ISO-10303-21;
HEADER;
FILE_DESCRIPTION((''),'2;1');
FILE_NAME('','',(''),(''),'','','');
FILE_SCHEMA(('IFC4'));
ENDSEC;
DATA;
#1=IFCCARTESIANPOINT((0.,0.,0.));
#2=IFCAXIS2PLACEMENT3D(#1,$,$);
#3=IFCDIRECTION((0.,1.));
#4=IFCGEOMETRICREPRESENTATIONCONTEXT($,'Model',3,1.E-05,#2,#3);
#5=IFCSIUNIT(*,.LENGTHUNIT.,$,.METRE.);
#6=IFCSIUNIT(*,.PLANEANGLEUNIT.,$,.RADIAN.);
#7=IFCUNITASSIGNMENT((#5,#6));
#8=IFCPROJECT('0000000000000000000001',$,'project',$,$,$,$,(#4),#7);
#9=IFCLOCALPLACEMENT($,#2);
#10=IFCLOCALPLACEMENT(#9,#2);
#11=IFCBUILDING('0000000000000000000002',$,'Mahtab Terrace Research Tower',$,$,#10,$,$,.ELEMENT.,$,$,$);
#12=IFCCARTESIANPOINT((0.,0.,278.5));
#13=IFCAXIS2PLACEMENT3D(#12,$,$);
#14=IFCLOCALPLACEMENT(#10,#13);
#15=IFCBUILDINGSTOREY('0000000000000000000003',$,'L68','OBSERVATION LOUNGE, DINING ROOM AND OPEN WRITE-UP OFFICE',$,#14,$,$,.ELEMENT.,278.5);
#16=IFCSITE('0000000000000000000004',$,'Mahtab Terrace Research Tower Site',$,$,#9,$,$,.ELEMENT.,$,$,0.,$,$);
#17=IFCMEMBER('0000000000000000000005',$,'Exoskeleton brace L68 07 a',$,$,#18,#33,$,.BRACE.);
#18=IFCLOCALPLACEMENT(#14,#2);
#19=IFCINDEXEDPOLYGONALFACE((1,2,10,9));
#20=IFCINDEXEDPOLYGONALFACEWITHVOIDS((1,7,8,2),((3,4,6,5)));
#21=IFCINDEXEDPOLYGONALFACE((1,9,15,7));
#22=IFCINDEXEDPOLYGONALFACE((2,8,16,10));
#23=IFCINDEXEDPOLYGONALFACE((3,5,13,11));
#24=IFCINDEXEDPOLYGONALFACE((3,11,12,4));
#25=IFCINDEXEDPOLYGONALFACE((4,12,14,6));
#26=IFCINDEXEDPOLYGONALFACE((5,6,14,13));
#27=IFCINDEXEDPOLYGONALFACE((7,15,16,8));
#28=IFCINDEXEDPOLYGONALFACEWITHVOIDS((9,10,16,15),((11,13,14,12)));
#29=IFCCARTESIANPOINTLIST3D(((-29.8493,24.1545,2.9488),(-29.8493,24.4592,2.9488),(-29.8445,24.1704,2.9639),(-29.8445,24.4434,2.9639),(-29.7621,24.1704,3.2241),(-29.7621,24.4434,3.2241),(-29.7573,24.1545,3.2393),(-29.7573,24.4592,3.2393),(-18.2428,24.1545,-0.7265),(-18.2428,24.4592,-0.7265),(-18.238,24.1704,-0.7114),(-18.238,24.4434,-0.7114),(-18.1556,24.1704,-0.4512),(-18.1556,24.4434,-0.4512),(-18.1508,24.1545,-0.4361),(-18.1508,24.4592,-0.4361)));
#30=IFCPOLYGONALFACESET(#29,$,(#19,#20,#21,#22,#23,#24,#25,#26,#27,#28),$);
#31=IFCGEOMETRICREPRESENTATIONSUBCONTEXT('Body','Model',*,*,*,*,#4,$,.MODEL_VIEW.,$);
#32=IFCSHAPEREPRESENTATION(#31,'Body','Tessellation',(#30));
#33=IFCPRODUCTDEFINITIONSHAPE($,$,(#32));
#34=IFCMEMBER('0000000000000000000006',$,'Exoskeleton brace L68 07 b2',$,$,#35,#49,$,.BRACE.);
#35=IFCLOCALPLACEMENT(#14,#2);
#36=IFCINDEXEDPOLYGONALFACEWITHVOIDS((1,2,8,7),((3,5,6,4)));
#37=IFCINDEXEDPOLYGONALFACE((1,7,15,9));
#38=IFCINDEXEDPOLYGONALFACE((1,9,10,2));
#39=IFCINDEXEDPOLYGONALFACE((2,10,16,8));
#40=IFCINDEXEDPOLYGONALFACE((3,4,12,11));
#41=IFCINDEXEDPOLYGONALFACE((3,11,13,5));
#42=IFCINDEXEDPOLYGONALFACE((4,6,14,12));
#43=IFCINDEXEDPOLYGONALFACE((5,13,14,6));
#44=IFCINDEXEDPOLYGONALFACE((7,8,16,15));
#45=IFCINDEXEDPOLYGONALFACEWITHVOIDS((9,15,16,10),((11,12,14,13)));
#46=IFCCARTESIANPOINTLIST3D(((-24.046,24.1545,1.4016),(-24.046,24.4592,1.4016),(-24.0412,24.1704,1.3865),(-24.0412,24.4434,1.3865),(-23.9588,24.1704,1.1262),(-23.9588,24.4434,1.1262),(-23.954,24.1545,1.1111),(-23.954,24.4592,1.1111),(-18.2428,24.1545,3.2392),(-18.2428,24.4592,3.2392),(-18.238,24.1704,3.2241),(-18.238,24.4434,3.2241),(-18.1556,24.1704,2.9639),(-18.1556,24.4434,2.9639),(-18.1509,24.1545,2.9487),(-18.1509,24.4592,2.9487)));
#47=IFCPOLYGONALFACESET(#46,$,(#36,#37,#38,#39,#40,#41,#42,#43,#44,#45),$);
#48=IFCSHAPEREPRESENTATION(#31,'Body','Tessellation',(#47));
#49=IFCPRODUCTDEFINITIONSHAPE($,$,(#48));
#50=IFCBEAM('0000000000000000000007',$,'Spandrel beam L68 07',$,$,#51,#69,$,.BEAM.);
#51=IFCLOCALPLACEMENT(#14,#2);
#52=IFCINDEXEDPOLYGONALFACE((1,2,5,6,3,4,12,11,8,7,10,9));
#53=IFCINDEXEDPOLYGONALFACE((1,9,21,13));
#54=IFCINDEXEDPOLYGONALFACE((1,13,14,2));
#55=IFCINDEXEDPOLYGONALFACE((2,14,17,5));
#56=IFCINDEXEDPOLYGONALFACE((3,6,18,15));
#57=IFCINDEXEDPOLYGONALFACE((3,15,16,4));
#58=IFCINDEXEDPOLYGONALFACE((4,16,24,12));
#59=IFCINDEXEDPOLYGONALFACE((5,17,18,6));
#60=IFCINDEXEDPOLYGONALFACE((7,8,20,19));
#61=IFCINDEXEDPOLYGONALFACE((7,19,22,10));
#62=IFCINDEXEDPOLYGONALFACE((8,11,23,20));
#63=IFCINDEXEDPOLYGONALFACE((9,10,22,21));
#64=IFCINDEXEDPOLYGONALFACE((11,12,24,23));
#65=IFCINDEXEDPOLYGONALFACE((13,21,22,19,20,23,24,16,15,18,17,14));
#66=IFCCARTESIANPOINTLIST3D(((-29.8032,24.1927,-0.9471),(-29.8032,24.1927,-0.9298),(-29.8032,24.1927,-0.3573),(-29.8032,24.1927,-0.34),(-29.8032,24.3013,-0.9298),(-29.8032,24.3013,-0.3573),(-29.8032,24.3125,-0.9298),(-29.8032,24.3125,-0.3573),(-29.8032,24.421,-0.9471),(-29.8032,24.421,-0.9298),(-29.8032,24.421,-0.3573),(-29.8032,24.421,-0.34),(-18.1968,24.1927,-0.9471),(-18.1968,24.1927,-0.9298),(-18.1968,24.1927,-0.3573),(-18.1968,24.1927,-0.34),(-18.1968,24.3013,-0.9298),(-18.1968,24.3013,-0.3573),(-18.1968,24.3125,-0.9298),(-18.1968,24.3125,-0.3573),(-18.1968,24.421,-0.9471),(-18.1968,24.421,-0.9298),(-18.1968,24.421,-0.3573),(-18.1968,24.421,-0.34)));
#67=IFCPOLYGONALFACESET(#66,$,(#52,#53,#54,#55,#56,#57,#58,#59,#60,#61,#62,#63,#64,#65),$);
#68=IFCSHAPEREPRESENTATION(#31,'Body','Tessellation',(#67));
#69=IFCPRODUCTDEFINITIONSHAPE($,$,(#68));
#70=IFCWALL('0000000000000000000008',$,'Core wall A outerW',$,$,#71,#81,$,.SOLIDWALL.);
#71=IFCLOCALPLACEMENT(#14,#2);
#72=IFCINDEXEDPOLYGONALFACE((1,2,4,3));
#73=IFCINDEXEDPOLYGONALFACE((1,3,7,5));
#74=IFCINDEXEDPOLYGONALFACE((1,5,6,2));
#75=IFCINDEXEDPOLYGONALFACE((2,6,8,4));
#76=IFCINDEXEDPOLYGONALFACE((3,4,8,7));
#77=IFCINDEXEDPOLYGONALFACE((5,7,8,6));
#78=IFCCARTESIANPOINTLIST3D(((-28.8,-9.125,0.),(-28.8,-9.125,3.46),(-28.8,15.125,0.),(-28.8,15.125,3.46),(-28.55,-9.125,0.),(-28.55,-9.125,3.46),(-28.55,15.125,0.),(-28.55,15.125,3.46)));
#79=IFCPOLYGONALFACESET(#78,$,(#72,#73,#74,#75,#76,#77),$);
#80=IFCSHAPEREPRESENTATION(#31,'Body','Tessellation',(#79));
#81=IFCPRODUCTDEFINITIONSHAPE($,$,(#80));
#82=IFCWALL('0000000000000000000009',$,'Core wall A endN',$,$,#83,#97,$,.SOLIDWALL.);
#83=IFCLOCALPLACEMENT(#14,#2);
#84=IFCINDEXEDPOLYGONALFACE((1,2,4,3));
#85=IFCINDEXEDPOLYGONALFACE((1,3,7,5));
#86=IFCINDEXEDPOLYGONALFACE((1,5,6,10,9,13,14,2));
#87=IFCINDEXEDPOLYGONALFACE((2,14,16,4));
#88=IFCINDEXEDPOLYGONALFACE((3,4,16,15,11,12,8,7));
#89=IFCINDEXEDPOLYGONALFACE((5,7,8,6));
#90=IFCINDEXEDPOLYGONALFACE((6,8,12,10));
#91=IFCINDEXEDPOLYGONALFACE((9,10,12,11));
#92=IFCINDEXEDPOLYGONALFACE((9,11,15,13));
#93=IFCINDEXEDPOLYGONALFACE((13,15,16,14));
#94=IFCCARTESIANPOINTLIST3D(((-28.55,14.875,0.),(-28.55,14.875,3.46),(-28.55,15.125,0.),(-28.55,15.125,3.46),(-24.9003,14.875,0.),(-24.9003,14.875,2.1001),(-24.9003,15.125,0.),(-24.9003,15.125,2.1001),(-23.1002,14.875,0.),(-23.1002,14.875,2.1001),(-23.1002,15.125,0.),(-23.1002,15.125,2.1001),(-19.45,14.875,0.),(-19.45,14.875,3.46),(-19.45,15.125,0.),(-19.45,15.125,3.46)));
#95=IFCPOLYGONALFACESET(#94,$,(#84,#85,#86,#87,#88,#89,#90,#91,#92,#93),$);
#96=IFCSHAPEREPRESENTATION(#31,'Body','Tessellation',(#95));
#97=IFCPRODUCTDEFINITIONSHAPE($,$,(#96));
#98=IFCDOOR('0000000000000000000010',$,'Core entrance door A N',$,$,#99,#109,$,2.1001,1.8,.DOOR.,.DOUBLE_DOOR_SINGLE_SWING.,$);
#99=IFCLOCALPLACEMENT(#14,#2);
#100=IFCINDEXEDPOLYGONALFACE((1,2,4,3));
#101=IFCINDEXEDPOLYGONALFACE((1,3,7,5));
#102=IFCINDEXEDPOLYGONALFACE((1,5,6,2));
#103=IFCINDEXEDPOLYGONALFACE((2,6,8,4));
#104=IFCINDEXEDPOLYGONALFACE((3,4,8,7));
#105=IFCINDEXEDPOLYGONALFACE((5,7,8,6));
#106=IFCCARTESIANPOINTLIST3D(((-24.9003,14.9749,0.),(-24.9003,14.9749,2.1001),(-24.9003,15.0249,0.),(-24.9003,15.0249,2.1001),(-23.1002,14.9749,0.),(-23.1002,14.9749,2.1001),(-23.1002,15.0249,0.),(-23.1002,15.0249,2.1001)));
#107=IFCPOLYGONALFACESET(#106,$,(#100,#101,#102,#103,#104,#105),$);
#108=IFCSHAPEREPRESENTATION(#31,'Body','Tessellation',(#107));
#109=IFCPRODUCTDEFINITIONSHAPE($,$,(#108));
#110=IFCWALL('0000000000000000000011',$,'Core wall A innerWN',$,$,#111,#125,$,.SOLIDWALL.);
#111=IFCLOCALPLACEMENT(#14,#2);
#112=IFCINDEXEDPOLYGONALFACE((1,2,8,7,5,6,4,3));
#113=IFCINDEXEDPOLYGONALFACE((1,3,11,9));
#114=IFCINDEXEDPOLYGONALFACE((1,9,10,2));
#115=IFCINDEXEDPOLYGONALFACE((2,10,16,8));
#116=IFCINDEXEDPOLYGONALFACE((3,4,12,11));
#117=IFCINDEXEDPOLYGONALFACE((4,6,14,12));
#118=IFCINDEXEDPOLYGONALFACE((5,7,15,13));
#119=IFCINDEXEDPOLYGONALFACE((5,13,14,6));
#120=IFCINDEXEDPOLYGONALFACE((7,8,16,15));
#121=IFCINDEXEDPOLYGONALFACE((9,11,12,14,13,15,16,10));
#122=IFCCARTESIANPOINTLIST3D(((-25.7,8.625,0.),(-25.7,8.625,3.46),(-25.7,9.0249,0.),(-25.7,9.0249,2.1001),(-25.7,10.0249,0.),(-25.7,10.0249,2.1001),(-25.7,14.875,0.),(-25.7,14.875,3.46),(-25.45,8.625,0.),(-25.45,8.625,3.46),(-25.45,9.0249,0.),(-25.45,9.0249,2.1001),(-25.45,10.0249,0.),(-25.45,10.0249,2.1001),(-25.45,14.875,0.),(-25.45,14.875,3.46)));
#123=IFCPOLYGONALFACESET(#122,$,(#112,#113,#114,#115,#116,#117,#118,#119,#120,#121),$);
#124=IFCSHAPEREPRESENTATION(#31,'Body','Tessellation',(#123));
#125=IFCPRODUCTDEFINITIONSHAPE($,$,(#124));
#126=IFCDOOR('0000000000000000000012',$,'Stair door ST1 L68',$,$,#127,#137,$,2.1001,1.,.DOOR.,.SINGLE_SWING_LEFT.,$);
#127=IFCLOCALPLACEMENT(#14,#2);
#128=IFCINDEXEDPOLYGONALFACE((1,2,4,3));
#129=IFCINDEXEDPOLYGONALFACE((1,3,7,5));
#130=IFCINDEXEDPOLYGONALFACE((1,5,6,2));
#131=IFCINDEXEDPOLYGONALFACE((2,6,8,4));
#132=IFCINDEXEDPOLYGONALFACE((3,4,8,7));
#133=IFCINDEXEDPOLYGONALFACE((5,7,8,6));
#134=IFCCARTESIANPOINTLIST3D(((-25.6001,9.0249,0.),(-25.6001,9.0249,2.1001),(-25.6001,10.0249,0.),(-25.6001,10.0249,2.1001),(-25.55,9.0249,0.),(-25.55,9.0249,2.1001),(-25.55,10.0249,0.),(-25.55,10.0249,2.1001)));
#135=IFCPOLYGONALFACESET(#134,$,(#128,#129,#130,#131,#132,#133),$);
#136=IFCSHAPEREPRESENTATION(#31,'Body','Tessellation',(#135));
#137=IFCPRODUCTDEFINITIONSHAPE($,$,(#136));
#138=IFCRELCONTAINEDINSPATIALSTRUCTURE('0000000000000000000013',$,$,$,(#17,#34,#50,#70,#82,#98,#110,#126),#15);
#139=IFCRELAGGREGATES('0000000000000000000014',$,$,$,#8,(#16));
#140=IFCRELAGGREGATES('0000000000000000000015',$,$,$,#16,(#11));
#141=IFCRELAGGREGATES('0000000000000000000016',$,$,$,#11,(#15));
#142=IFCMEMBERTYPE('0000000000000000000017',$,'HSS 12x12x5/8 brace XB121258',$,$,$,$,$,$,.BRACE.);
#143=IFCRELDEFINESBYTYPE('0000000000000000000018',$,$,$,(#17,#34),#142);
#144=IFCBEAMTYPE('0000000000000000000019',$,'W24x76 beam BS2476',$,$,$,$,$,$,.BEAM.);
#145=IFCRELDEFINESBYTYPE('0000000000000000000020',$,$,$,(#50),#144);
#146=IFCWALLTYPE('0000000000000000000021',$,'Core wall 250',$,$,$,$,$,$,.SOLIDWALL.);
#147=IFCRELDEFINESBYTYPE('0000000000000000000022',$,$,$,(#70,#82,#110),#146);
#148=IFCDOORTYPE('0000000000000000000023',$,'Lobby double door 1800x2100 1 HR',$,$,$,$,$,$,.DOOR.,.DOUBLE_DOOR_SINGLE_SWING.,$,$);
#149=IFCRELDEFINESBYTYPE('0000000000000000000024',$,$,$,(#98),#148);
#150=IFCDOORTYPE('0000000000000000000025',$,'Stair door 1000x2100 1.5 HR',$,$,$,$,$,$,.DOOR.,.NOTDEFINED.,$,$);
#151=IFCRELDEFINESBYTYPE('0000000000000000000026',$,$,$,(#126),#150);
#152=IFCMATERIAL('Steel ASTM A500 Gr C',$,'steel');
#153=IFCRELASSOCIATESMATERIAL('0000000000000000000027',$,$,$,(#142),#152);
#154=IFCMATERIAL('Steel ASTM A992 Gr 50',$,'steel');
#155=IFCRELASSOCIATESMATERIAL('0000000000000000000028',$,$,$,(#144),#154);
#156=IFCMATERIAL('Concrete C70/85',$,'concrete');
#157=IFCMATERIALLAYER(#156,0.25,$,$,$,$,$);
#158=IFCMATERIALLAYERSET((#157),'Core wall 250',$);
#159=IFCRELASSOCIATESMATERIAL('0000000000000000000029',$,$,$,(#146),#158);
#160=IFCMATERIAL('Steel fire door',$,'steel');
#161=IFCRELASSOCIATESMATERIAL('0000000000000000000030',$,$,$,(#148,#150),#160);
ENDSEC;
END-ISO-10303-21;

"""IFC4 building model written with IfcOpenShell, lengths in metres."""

from ifc_helpers import new_model, si_unit, direction, frame, frame_2d, origin, origin_2d, place, context, subcontext, project, spatial, rectangle, hollow_rectangle, i_section, extrude, material, layer, layer_set, material_profile, profile_set, type_object, element, fill, save


model = new_model("IFC4")

# Units and contexts
model_context = context("Model", 3, precision=1e-05, world=origin(), true_north=direction((0.0, 1.0)))
body_context = subcontext(model_context, "Body", "Model", "MODEL_VIEW")
ifc_project = project(units=[si_unit("LENGTHUNIT", "METRE"), si_unit("PLANEANGLEUNIT", "RADIAN")], contexts=[model_context])

# Site, building, storey
site_placement = place(None, origin())
site = spatial("IfcSite", under=ifc_project, at=site_placement, Name="Mahtab Terrace Research Tower Site", CompositionType="ELEMENT", RefElevation=0.0)
building_placement = place(site_placement, origin())
building = spatial("IfcBuilding", under=site, at=building_placement, Name="Mahtab Terrace Research Tower", CompositionType="ELEMENT")
storey_placement = place(building_placement, frame((0.0, 0.0, 278.5)))
storey = spatial("IfcBuildingStorey", under=building, at=storey_placement, Name="L68", Description="OBSERVATION LOUNGE, DINING ROOM AND OPEN WRITE-UP OFFICE", CompositionType="ELEMENT", Elevation=278.5)

# Members
ifc_material_1 = material(Name="Steel ASTM A500 Gr C", Category="steel")
ifc_material_profile_1 = material_profile(ifc_material_1, hollow_rectangle(XDim=0.3047, YDim=0.3047, WallThickness=0.0159, at=origin_2d()), Name="HSS12X12X5/8")
ifc_profile_set_1 = profile_set([ifc_material_profile_1], Name="Steel ASTM A500 Gr C")
member_type = type_object("IfcMemberType", Name="HSS 12x12x5/8 brace XB121258", PredefinedType="BRACE", material=ifc_profile_set_1)
member_1_placement = place(storey_placement, frame((-18.1968, 24.3069, -0.5813), z_axis=(-0.953344, 0.0, 0.301886), x_axis=(0.0, -1.0, 0.0)))
element("IfcMember", 1, at=member_1_placement, inside=storey, type_object=member_type, Name="Exoskeleton brace L68 07 a", PredefinedType="BRACE", context=body_context, shape_type="SweptSolid", body=[
    extrude(hollow_rectangle(XDim=0.3047, YDim=0.3047, WallThickness=0.0159, at=origin_2d()), origin(), (0.0, 0.0, 1.0), 12.1746),
])
member_2_placement = place(storey_placement, frame((-24.0, 24.3069, 1.2563), z_axis=(0.953344, 0.0, 0.301886), x_axis=(0.0, 1.0, 0.0)))
element("IfcMember", 2, at=member_2_placement, inside=storey, type_object=member_type, Name="Exoskeleton brace L68 07 b2", PredefinedType="BRACE", context=body_context, shape_type="SweptSolid", body=[
    extrude(hollow_rectangle(XDim=0.3047, YDim=0.3047, WallThickness=0.0159, at=origin_2d()), origin(), (0.0, 0.0, 1.0), 6.0872),
])

# Beam
ifc_material_2 = material(Name="Steel ASTM A992 Gr 50", Category="steel")
ifc_material_profile_2 = material_profile(ifc_material_2, i_section(OverallWidth=0.2283, OverallDepth=0.6072, WebThickness=0.0112, FlangeThickness=0.0173, at=origin_2d()), Name="W24X76")
ifc_profile_set_2 = profile_set([ifc_material_profile_2], Name="Steel ASTM A992 Gr 50")
beam_type = type_object("IfcBeamType", Name="W24x76 beam BS2476", PredefinedType="BEAM", material=ifc_profile_set_2)
beam_placement = place(storey_placement, frame((-18.1968, 24.3069, -0.6436), z_axis=(-1.0, 0.0, 0.0), x_axis=(0.0, -1.0, 0.0)))
element("IfcBeam", 3, at=beam_placement, inside=storey, type_object=beam_type, Name="Spandrel beam L68 07", PredefinedType="BEAM", context=body_context, shape_type="SweptSolid", body=[
    extrude(i_section(OverallWidth=0.2283, OverallDepth=0.6072, WebThickness=0.0112, FlangeThickness=0.0173, at=origin_2d()), origin(), (0.0, 0.0, 1.0), 11.6064),
])

# Wall
ifc_material_3 = material(Name="Concrete C70/85", Category="concrete")
ifc_layer_1 = layer(ifc_material_3, 0.25)
ifc_layer_set_1 = layer_set([ifc_layer_1], Name="Core wall 250")
wall_type_1 = type_object("IfcWallType", Name="Core wall 250", PredefinedType="SOLIDWALL", material=ifc_layer_set_1)
wall_1_placement = place(storey_placement, frame((-28.675, 15.125, 0.0), z_axis=(0.0, 0.0, 1.0), x_axis=(0.0, -1.0, 0.0)))
element("IfcWall", 4, at=wall_1_placement, inside=storey, type_object=wall_type_1, Name="Core wall A outerW", PredefinedType="SOLIDWALL", context=body_context, shape_type="SweptSolid", body=[
    extrude(rectangle(XDim=24.25, YDim=0.25, at=frame_2d((12.125, 0.0))), origin(), (0.0, 0.0, 1.0), 3.46),
])

# Walls, openings, doors
wall_2_placement = place(storey_placement, frame((-28.55, 15.0, 0.0), z_axis=(0.0, 0.0, 1.0), x_axis=(1.0, 0.0, 0.0)))
wall_2 = element("IfcWall", 5, at=wall_2_placement, inside=storey, type_object=wall_type_1, Name="Core wall A endN", PredefinedType="SOLIDWALL", context=body_context, shape_type="SweptSolid", body=[
    extrude(rectangle(XDim=9.1001, YDim=0.25, at=frame_2d((4.55, 0.0))), origin(), (0.0, 0.0, 1.0), 3.46),
])
opening_1_placement = place(wall_2_placement, frame((3.6499, 0.0, 0.0)))
opening_1 = element("IfcOpeningElement", 6, at=opening_1_placement, cuts=wall_2, PredefinedType="OPENING", context=body_context, shape_type="SweptSolid", body=[
    extrude(rectangle(XDim=1.8, YDim=2.1001, at=frame_2d((0.8999, 1.05))), frame((0.0, 0.135, 0.0), z_axis=(0.0, -1.0, 0.0), x_axis=(1.0, 0.0, 0.0)), (0.0, 0.0, 1.0), 0.27),
])
ifc_material_4 = material(Name="Steel fire door", Category="steel")
door_type_1 = type_object("IfcDoorType", Name="Lobby double door 1800x2100 1 HR", OperationType="DOUBLE_DOOR_SINGLE_SWING", PredefinedType="DOOR", material=ifc_material_4)
door_1_placement = place(opening_1_placement, origin())
door_1 = element("IfcDoor", 7, at=door_1_placement, inside=storey, type_object=door_type_1, Name="Core entrance door A N", OperationType="DOUBLE_DOOR_SINGLE_SWING", OverallHeight=2.1001, OverallWidth=1.8, PredefinedType="DOOR", context=body_context, shape_type="SweptSolid", body=[
    extrude(rectangle(XDim=1.8, YDim=2.1001, at=frame_2d((0.8999, 1.05))), frame((0.0, 0.0249, 0.0), z_axis=(0.0, -1.0, 0.0), x_axis=(1.0, 0.0, 0.0)), (0.0, 0.0, 1.0), 0.05),
])
fill(opening_1, door_1)
wall_3_placement = place(storey_placement, frame((-25.575, 14.875, 0.0), z_axis=(0.0, 0.0, 1.0), x_axis=(0.0, -1.0, 0.0)))
wall_3 = element("IfcWall", 8, at=wall_3_placement, inside=storey, type_object=wall_type_1, Name="Core wall A innerWN", PredefinedType="SOLIDWALL", context=body_context, shape_type="SweptSolid", body=[
    extrude(rectangle(XDim=6.25, YDim=0.25, at=frame_2d((3.125, 0.0))), origin(), (0.0, 0.0, 1.0), 3.46),
])
opening_2_placement = place(wall_3_placement, frame((4.8501, 0.0, 0.0)))
opening_2 = element("IfcOpeningElement", 9, at=opening_2_placement, cuts=wall_3, PredefinedType="OPENING", context=body_context, shape_type="SweptSolid", body=[
    extrude(rectangle(XDim=1.0, YDim=2.1001, at=frame_2d((0.5, 1.05))), frame((0.0, 0.135, 0.0), z_axis=(0.0, -1.0, 0.0), x_axis=(1.0, 0.0, 0.0)), (0.0, 0.0, 1.0), 0.27),
])
door_type_2 = type_object("IfcDoorType", Name="Stair door 1000x2100 1.5 HR", OperationType="NOTDEFINED", PredefinedType="DOOR", material=ifc_material_4)
door_2_placement = place(opening_2_placement, origin())
door_2 = element("IfcDoor", 10, at=door_2_placement, inside=storey, type_object=door_type_2, Name="Stair door ST1 L68", OperationType="SINGLE_SWING_LEFT", OverallHeight=2.1001, OverallWidth=1.0, PredefinedType="DOOR", context=body_context, shape_type="SweptSolid", body=[
    extrude(rectangle(XDim=1.0, YDim=2.1001, at=frame_2d((0.5, 1.05))), frame((0.0, 0.0249, 0.0), z_axis=(0.0, -1.0, 0.0), x_axis=(1.0, 0.0, 0.0)), (0.0, 0.0, 1.0), 0.05),
])
fill(opening_2, door_2)

save(model, "model.ifc")
